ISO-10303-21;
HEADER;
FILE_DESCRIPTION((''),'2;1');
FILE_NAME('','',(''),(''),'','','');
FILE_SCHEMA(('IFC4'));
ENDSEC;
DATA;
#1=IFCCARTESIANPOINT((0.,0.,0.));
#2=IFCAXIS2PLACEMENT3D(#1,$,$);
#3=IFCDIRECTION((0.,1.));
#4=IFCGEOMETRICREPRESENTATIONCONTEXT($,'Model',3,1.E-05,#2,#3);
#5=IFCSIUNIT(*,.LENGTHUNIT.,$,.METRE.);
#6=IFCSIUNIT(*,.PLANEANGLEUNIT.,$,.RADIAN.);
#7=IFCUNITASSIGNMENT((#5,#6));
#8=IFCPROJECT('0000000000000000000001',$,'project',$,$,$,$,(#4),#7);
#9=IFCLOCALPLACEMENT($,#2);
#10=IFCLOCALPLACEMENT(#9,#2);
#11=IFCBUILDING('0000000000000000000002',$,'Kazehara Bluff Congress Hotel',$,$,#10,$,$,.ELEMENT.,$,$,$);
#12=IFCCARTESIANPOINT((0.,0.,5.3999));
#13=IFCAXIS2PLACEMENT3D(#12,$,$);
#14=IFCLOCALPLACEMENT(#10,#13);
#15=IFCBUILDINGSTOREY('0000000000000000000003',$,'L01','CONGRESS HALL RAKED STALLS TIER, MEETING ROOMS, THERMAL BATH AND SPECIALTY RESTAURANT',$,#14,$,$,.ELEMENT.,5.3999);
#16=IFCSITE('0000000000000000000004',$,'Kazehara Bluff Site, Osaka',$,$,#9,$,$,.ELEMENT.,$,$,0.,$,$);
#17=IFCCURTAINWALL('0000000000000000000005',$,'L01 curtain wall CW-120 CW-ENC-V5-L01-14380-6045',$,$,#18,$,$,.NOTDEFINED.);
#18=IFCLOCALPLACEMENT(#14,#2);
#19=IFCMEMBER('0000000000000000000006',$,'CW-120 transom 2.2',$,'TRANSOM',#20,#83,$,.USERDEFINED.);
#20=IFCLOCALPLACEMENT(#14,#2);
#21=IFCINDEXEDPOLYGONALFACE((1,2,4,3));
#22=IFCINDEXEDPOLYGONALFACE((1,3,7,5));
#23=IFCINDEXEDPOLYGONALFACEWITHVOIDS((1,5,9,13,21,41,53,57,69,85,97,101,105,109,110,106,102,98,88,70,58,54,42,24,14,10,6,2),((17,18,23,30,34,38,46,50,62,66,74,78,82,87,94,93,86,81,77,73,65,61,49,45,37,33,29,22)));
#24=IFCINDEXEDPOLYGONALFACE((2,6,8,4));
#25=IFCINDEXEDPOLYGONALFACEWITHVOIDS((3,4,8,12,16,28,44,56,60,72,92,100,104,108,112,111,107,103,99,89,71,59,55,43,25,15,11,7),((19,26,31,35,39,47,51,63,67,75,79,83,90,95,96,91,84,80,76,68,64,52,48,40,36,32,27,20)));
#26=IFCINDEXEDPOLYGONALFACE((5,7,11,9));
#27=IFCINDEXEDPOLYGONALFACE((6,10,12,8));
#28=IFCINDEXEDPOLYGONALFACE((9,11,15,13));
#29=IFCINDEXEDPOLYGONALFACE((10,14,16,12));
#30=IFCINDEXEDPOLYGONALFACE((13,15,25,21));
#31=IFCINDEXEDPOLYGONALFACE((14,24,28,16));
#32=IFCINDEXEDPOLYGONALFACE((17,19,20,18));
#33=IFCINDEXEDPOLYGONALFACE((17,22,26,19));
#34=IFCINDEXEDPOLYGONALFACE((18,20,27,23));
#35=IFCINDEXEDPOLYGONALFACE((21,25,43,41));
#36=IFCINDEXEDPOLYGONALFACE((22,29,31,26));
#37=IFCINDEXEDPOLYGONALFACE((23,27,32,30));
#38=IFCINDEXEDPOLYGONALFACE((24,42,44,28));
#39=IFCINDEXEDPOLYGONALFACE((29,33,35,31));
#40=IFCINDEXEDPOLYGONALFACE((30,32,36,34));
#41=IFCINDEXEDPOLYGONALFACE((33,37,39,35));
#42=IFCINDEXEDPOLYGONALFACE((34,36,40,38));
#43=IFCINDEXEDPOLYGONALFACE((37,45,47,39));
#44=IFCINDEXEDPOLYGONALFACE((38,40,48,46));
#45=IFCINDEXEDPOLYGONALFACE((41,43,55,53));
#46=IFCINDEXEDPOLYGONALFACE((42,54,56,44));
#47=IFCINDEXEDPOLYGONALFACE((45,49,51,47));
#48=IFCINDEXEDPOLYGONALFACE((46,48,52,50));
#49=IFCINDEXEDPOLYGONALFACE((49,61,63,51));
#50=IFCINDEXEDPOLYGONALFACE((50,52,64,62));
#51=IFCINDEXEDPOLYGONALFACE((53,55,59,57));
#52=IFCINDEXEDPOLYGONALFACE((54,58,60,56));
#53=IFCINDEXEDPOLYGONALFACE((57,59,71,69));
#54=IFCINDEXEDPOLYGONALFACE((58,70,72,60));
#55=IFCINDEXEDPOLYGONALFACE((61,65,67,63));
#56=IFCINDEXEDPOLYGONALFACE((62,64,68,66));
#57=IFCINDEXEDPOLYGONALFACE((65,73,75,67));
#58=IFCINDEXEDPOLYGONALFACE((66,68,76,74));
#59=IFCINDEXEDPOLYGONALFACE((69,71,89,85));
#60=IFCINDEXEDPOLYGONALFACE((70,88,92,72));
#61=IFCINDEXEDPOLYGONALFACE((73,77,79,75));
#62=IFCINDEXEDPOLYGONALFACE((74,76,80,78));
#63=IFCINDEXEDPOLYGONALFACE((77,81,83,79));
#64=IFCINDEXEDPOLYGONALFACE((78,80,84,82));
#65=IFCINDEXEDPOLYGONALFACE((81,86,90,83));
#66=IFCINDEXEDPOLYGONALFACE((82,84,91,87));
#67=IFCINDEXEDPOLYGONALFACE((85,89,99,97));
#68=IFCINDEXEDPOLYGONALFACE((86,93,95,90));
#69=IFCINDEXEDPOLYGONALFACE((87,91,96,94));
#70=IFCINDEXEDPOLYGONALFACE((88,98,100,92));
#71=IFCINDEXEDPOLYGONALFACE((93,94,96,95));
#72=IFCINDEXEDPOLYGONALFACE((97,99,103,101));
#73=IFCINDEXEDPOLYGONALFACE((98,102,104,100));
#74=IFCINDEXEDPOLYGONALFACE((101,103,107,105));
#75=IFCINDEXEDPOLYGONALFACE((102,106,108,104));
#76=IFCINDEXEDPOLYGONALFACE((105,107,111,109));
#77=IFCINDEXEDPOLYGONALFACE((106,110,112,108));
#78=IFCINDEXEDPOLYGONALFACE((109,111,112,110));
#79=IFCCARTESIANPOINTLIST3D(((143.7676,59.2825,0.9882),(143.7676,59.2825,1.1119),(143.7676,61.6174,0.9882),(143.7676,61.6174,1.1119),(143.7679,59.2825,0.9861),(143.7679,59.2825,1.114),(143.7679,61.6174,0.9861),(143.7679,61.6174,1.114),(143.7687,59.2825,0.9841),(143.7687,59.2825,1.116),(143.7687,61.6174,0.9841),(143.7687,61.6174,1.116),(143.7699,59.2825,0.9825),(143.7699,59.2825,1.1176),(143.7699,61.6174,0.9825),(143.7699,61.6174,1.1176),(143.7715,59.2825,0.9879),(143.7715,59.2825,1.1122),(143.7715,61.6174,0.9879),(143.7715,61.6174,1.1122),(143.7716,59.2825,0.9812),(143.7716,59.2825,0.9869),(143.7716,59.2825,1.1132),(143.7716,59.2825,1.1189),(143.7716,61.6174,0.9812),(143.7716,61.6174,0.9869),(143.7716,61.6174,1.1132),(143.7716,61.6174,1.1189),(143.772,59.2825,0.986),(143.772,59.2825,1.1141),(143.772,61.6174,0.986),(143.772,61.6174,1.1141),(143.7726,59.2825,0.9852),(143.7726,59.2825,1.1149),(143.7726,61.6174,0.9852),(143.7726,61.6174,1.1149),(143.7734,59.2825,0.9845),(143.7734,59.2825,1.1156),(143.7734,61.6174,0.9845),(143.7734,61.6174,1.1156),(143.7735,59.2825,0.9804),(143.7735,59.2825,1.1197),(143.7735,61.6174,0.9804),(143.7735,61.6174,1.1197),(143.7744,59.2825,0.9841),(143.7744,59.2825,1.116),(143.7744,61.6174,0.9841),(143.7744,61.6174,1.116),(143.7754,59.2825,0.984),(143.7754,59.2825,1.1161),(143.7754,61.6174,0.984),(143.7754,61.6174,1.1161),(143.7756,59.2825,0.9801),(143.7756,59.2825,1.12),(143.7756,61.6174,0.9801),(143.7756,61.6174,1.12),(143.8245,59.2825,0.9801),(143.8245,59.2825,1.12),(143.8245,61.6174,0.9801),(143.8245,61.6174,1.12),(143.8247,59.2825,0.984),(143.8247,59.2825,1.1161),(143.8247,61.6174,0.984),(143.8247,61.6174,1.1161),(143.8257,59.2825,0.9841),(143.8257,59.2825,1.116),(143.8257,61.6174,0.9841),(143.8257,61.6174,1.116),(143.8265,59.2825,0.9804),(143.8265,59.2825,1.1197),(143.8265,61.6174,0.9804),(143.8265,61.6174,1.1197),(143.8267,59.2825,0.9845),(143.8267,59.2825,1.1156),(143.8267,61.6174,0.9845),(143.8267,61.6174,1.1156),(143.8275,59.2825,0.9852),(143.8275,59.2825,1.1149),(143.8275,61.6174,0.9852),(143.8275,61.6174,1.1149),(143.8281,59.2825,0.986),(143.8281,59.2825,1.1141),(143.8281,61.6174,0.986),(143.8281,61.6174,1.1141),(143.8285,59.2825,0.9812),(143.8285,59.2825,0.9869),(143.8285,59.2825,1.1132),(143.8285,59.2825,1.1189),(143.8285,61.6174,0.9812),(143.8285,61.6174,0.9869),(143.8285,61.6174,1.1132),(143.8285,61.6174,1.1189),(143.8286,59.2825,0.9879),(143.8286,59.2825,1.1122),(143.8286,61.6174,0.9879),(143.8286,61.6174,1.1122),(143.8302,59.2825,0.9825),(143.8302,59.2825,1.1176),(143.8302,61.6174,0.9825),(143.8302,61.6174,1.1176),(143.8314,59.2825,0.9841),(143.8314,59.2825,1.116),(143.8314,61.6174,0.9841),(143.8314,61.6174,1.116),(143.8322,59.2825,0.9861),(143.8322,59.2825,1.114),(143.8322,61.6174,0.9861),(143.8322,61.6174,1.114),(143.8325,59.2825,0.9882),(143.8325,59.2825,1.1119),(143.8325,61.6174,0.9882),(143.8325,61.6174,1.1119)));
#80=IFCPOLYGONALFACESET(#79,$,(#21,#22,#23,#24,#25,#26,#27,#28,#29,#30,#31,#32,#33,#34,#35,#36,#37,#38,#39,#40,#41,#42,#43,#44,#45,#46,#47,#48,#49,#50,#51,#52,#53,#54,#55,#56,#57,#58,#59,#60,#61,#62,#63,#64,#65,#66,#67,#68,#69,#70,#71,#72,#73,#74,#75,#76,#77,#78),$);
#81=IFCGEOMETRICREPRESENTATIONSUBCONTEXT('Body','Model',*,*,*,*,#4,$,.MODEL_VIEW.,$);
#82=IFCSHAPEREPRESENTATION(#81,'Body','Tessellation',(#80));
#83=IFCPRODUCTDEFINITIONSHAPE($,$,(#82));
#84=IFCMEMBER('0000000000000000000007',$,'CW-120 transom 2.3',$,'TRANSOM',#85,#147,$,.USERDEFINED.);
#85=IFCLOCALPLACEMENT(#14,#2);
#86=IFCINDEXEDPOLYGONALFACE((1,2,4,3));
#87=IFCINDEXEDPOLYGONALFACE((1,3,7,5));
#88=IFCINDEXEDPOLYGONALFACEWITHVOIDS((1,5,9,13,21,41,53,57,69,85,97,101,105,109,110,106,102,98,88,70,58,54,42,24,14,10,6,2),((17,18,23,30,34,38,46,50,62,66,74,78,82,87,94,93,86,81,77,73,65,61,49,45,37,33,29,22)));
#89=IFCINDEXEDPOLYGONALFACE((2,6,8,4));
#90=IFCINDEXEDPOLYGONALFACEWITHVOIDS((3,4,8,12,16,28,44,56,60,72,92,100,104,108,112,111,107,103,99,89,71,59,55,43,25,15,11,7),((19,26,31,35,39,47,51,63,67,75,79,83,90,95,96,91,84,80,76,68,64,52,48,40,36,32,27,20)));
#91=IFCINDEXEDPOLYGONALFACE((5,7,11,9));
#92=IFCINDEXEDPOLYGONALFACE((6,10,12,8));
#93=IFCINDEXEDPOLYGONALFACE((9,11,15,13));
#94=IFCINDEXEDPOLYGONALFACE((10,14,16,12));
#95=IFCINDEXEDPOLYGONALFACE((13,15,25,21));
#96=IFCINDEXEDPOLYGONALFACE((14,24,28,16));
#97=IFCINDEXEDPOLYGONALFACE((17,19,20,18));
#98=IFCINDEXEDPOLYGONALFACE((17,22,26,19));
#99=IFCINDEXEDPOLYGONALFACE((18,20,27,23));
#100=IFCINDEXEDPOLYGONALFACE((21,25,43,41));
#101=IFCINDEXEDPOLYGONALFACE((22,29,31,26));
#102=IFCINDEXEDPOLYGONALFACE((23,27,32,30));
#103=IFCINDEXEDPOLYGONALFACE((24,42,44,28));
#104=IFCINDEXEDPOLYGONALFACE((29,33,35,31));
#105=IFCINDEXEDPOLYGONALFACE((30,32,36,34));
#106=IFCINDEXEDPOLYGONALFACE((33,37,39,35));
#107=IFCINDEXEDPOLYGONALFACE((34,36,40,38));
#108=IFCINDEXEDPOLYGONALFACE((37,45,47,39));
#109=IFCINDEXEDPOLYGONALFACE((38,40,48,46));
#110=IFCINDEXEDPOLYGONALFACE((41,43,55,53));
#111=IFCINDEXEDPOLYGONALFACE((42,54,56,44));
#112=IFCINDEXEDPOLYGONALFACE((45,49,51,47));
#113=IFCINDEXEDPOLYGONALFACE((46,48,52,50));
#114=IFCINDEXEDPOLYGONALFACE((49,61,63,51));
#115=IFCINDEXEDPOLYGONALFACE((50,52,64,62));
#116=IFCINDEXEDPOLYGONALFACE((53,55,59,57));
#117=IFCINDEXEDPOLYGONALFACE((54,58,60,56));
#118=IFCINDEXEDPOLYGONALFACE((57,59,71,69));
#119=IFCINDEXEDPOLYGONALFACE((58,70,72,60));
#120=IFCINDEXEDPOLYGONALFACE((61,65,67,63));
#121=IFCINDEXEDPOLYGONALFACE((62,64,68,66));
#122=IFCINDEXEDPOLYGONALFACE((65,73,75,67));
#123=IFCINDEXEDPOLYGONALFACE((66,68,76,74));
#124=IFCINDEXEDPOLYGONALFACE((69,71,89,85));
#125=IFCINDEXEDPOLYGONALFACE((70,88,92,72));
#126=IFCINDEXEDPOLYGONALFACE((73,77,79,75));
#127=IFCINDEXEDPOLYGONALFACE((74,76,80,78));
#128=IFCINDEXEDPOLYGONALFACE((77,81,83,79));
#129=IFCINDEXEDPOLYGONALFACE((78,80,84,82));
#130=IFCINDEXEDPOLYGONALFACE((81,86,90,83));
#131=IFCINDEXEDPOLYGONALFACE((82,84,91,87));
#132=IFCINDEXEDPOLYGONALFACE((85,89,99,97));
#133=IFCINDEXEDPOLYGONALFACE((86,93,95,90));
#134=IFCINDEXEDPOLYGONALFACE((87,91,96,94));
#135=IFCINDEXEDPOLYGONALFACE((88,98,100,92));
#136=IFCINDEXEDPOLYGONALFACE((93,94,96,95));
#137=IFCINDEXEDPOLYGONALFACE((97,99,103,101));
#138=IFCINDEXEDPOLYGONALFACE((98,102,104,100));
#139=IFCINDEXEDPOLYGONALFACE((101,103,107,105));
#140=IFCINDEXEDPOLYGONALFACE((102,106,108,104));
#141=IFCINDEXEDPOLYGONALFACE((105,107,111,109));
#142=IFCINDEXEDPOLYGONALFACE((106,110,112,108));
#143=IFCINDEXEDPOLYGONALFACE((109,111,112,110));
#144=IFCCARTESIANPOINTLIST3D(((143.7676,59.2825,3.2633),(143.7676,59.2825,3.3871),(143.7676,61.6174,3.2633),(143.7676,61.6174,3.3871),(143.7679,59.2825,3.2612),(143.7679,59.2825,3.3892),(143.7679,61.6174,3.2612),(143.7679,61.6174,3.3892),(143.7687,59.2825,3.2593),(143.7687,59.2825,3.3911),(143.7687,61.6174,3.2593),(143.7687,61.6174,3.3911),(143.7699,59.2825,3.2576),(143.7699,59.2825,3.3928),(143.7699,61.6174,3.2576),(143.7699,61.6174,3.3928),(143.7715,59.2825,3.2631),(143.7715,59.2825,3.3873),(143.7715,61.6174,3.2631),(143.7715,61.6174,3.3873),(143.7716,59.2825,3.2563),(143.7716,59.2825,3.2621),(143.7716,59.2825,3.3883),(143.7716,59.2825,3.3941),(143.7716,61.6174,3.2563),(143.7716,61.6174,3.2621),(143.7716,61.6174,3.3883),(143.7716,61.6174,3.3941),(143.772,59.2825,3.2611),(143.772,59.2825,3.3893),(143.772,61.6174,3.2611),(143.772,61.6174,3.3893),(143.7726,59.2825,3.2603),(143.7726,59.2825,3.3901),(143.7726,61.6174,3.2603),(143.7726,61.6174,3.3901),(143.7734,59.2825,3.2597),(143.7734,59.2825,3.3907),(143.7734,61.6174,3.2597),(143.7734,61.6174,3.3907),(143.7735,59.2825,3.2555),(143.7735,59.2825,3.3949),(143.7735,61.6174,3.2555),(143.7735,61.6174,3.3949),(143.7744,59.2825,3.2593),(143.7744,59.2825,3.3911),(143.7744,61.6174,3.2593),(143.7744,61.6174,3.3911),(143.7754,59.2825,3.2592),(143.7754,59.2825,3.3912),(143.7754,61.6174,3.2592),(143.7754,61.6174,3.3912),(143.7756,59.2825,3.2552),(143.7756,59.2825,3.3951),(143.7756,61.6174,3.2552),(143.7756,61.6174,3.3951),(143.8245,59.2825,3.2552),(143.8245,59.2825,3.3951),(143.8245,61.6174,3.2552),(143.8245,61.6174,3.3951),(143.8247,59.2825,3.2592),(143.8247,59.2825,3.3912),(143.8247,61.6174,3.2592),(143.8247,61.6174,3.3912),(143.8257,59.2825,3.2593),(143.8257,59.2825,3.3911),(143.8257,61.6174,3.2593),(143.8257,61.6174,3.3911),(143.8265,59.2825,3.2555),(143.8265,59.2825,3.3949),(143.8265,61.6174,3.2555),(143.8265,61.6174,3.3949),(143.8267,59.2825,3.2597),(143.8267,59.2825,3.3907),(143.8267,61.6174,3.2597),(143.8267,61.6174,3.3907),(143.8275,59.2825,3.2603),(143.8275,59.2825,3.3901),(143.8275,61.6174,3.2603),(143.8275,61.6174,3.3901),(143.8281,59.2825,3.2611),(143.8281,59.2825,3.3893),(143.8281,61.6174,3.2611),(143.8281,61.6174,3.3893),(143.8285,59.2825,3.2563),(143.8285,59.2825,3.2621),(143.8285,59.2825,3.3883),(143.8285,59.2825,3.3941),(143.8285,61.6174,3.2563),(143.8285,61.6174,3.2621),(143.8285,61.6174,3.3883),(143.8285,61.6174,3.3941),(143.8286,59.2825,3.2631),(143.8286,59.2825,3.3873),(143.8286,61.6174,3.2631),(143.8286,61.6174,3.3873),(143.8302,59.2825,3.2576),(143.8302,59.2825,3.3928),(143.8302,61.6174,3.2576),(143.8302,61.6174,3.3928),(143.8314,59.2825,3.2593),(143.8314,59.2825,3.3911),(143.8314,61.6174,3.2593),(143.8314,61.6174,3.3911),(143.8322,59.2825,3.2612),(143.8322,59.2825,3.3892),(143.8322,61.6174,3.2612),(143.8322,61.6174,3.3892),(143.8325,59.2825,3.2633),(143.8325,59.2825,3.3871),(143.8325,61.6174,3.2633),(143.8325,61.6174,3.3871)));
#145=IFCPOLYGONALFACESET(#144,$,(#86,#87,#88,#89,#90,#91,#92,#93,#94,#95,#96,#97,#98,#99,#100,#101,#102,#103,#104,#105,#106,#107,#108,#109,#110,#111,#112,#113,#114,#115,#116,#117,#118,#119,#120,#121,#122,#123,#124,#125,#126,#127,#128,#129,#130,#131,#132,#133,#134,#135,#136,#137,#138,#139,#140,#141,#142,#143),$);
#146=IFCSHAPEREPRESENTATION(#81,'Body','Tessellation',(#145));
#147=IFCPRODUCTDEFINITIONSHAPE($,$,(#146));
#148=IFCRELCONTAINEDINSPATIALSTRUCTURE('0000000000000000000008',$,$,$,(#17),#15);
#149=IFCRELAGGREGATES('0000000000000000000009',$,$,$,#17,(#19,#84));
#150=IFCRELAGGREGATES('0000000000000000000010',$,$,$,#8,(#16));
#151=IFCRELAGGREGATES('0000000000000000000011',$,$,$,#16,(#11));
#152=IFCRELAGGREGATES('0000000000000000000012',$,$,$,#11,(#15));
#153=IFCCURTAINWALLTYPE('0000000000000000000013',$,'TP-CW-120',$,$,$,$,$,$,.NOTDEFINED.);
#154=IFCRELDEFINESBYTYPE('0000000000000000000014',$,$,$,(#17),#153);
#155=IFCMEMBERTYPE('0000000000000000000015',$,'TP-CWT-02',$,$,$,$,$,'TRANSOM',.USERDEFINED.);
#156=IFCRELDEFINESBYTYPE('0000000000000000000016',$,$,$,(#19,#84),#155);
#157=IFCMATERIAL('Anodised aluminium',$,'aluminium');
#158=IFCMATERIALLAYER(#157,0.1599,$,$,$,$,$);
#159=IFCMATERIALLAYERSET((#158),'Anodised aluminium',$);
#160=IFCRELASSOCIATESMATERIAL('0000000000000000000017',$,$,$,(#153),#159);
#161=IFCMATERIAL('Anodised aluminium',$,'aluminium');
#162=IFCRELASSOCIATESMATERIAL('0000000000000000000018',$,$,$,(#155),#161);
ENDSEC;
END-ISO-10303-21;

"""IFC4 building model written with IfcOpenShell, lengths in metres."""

from ifc_helpers import new_model, si_unit, direction, frame, origin, origin_2d, place, context, subcontext, project, spatial, hollow_rectangle, extrude, material, layer, layer_set, material_profile, profile_set, type_object, element, aggregate, save


model = new_model("IFC4")

# Units and contexts
model_context = context("Model", 3, precision=1e-05, world=origin(), true_north=direction((0.0, 1.0)))
body_context = subcontext(model_context, "Body", "Model", "MODEL_VIEW")
ifc_project = project(units=[si_unit("LENGTHUNIT", "METRE"), si_unit("PLANEANGLEUNIT", "RADIAN")], contexts=[model_context])

# Site, building, storey
site_placement = place(None, origin())
site = spatial("IfcSite", under=ifc_project, at=site_placement, Name="Kazehara Bluff Site, Osaka", CompositionType="ELEMENT", RefElevation=0.0)
building_placement = place(site_placement, origin())
building = spatial("IfcBuilding", under=site, at=building_placement, Name="Kazehara Bluff Congress Hotel", CompositionType="ELEMENT")
storey_placement = place(building_placement, frame((0.0, 0.0, 5.3999)))
storey = spatial("IfcBuildingStorey", under=building, at=storey_placement, Name="L01", Description="CONGRESS HALL RAKED STALLS TIER, MEETING ROOMS, THERMAL BATH AND SPECIALTY RESTAURANT", CompositionType="ELEMENT", Elevation=5.3999)

# Curtain wall
ifc_material_1 = material(Name="Anodised aluminium", Category="aluminium")
ifc_layer_1 = layer(ifc_material_1, 0.1599)
ifc_layer_set_1 = layer_set([ifc_layer_1], Name="Anodised aluminium")
curtain_wall_type_1 = type_object("IfcCurtainWallType", Name="TP-CW-120", PredefinedType="NOTDEFINED", material=ifc_layer_set_1)
curtain_wall_1_placement = place(storey_placement, origin())
curtain_wall_1 = element("IfcCurtainWall", 1, at=curtain_wall_1_placement, inside=storey, type_object=curtain_wall_type_1, Name="L01 curtain wall CW-120 CW-ENC-V5-L01-14380-6045", PredefinedType="NOTDEFINED")

# Members
ifc_material_2 = material(Name="Anodised aluminium", Category="aluminium")
ifc_material_profile_1 = material_profile(ifc_material_2, hollow_rectangle(XDim=0.0649, YDim=0.1399, WallThickness=0.0039, InnerFilletRadius=0.0039, OuterFilletRadius=0.0081, at=origin_2d()))
ifc_profile_set_1 = profile_set([ifc_material_profile_1], Name="Anodised aluminium")
member_type_1 = type_object("IfcMemberType", Name="TP-CWT-02", ElementType="TRANSOM", PredefinedType="USERDEFINED", material=ifc_profile_set_1)
member_1_placement = place(storey_placement, frame((143.8, 59.2825, 1.05), z_axis=(0.0, 1.0, 0.0), x_axis=(-1.0, 0.0, 0.0)))
member_1 = element("IfcMember", 2, at=member_1_placement, type_object=member_type_1, Name="CW-120 transom 2.2", ObjectType="TRANSOM", PredefinedType="USERDEFINED", context=body_context, shape_type="SweptSolid", body=[
    extrude(hollow_rectangle(XDim=0.0649, YDim=0.1399, WallThickness=0.0039, InnerFilletRadius=0.0039, OuterFilletRadius=0.0081, at=origin_2d()), origin(), (0.0, 0.0, 1.0), 2.335),
])
member_2_placement = place(storey_placement, frame((143.8, 59.2825, 3.3252), z_axis=(0.0, 1.0, 0.0), x_axis=(-1.0, 0.0, 0.0)))
member_2 = element("IfcMember", 3, at=member_2_placement, type_object=member_type_1, Name="CW-120 transom 2.3", ObjectType="TRANSOM", PredefinedType="USERDEFINED", context=body_context, shape_type="SweptSolid", body=[
    extrude(hollow_rectangle(XDim=0.0649, YDim=0.1399, WallThickness=0.0039, InnerFilletRadius=0.0039, OuterFilletRadius=0.0081, at=origin_2d()), origin(), (0.0, 0.0, 1.0), 2.335),
])

aggregate(curtain_wall_1, [member_1, member_2])

save(model, "model.ifc")
